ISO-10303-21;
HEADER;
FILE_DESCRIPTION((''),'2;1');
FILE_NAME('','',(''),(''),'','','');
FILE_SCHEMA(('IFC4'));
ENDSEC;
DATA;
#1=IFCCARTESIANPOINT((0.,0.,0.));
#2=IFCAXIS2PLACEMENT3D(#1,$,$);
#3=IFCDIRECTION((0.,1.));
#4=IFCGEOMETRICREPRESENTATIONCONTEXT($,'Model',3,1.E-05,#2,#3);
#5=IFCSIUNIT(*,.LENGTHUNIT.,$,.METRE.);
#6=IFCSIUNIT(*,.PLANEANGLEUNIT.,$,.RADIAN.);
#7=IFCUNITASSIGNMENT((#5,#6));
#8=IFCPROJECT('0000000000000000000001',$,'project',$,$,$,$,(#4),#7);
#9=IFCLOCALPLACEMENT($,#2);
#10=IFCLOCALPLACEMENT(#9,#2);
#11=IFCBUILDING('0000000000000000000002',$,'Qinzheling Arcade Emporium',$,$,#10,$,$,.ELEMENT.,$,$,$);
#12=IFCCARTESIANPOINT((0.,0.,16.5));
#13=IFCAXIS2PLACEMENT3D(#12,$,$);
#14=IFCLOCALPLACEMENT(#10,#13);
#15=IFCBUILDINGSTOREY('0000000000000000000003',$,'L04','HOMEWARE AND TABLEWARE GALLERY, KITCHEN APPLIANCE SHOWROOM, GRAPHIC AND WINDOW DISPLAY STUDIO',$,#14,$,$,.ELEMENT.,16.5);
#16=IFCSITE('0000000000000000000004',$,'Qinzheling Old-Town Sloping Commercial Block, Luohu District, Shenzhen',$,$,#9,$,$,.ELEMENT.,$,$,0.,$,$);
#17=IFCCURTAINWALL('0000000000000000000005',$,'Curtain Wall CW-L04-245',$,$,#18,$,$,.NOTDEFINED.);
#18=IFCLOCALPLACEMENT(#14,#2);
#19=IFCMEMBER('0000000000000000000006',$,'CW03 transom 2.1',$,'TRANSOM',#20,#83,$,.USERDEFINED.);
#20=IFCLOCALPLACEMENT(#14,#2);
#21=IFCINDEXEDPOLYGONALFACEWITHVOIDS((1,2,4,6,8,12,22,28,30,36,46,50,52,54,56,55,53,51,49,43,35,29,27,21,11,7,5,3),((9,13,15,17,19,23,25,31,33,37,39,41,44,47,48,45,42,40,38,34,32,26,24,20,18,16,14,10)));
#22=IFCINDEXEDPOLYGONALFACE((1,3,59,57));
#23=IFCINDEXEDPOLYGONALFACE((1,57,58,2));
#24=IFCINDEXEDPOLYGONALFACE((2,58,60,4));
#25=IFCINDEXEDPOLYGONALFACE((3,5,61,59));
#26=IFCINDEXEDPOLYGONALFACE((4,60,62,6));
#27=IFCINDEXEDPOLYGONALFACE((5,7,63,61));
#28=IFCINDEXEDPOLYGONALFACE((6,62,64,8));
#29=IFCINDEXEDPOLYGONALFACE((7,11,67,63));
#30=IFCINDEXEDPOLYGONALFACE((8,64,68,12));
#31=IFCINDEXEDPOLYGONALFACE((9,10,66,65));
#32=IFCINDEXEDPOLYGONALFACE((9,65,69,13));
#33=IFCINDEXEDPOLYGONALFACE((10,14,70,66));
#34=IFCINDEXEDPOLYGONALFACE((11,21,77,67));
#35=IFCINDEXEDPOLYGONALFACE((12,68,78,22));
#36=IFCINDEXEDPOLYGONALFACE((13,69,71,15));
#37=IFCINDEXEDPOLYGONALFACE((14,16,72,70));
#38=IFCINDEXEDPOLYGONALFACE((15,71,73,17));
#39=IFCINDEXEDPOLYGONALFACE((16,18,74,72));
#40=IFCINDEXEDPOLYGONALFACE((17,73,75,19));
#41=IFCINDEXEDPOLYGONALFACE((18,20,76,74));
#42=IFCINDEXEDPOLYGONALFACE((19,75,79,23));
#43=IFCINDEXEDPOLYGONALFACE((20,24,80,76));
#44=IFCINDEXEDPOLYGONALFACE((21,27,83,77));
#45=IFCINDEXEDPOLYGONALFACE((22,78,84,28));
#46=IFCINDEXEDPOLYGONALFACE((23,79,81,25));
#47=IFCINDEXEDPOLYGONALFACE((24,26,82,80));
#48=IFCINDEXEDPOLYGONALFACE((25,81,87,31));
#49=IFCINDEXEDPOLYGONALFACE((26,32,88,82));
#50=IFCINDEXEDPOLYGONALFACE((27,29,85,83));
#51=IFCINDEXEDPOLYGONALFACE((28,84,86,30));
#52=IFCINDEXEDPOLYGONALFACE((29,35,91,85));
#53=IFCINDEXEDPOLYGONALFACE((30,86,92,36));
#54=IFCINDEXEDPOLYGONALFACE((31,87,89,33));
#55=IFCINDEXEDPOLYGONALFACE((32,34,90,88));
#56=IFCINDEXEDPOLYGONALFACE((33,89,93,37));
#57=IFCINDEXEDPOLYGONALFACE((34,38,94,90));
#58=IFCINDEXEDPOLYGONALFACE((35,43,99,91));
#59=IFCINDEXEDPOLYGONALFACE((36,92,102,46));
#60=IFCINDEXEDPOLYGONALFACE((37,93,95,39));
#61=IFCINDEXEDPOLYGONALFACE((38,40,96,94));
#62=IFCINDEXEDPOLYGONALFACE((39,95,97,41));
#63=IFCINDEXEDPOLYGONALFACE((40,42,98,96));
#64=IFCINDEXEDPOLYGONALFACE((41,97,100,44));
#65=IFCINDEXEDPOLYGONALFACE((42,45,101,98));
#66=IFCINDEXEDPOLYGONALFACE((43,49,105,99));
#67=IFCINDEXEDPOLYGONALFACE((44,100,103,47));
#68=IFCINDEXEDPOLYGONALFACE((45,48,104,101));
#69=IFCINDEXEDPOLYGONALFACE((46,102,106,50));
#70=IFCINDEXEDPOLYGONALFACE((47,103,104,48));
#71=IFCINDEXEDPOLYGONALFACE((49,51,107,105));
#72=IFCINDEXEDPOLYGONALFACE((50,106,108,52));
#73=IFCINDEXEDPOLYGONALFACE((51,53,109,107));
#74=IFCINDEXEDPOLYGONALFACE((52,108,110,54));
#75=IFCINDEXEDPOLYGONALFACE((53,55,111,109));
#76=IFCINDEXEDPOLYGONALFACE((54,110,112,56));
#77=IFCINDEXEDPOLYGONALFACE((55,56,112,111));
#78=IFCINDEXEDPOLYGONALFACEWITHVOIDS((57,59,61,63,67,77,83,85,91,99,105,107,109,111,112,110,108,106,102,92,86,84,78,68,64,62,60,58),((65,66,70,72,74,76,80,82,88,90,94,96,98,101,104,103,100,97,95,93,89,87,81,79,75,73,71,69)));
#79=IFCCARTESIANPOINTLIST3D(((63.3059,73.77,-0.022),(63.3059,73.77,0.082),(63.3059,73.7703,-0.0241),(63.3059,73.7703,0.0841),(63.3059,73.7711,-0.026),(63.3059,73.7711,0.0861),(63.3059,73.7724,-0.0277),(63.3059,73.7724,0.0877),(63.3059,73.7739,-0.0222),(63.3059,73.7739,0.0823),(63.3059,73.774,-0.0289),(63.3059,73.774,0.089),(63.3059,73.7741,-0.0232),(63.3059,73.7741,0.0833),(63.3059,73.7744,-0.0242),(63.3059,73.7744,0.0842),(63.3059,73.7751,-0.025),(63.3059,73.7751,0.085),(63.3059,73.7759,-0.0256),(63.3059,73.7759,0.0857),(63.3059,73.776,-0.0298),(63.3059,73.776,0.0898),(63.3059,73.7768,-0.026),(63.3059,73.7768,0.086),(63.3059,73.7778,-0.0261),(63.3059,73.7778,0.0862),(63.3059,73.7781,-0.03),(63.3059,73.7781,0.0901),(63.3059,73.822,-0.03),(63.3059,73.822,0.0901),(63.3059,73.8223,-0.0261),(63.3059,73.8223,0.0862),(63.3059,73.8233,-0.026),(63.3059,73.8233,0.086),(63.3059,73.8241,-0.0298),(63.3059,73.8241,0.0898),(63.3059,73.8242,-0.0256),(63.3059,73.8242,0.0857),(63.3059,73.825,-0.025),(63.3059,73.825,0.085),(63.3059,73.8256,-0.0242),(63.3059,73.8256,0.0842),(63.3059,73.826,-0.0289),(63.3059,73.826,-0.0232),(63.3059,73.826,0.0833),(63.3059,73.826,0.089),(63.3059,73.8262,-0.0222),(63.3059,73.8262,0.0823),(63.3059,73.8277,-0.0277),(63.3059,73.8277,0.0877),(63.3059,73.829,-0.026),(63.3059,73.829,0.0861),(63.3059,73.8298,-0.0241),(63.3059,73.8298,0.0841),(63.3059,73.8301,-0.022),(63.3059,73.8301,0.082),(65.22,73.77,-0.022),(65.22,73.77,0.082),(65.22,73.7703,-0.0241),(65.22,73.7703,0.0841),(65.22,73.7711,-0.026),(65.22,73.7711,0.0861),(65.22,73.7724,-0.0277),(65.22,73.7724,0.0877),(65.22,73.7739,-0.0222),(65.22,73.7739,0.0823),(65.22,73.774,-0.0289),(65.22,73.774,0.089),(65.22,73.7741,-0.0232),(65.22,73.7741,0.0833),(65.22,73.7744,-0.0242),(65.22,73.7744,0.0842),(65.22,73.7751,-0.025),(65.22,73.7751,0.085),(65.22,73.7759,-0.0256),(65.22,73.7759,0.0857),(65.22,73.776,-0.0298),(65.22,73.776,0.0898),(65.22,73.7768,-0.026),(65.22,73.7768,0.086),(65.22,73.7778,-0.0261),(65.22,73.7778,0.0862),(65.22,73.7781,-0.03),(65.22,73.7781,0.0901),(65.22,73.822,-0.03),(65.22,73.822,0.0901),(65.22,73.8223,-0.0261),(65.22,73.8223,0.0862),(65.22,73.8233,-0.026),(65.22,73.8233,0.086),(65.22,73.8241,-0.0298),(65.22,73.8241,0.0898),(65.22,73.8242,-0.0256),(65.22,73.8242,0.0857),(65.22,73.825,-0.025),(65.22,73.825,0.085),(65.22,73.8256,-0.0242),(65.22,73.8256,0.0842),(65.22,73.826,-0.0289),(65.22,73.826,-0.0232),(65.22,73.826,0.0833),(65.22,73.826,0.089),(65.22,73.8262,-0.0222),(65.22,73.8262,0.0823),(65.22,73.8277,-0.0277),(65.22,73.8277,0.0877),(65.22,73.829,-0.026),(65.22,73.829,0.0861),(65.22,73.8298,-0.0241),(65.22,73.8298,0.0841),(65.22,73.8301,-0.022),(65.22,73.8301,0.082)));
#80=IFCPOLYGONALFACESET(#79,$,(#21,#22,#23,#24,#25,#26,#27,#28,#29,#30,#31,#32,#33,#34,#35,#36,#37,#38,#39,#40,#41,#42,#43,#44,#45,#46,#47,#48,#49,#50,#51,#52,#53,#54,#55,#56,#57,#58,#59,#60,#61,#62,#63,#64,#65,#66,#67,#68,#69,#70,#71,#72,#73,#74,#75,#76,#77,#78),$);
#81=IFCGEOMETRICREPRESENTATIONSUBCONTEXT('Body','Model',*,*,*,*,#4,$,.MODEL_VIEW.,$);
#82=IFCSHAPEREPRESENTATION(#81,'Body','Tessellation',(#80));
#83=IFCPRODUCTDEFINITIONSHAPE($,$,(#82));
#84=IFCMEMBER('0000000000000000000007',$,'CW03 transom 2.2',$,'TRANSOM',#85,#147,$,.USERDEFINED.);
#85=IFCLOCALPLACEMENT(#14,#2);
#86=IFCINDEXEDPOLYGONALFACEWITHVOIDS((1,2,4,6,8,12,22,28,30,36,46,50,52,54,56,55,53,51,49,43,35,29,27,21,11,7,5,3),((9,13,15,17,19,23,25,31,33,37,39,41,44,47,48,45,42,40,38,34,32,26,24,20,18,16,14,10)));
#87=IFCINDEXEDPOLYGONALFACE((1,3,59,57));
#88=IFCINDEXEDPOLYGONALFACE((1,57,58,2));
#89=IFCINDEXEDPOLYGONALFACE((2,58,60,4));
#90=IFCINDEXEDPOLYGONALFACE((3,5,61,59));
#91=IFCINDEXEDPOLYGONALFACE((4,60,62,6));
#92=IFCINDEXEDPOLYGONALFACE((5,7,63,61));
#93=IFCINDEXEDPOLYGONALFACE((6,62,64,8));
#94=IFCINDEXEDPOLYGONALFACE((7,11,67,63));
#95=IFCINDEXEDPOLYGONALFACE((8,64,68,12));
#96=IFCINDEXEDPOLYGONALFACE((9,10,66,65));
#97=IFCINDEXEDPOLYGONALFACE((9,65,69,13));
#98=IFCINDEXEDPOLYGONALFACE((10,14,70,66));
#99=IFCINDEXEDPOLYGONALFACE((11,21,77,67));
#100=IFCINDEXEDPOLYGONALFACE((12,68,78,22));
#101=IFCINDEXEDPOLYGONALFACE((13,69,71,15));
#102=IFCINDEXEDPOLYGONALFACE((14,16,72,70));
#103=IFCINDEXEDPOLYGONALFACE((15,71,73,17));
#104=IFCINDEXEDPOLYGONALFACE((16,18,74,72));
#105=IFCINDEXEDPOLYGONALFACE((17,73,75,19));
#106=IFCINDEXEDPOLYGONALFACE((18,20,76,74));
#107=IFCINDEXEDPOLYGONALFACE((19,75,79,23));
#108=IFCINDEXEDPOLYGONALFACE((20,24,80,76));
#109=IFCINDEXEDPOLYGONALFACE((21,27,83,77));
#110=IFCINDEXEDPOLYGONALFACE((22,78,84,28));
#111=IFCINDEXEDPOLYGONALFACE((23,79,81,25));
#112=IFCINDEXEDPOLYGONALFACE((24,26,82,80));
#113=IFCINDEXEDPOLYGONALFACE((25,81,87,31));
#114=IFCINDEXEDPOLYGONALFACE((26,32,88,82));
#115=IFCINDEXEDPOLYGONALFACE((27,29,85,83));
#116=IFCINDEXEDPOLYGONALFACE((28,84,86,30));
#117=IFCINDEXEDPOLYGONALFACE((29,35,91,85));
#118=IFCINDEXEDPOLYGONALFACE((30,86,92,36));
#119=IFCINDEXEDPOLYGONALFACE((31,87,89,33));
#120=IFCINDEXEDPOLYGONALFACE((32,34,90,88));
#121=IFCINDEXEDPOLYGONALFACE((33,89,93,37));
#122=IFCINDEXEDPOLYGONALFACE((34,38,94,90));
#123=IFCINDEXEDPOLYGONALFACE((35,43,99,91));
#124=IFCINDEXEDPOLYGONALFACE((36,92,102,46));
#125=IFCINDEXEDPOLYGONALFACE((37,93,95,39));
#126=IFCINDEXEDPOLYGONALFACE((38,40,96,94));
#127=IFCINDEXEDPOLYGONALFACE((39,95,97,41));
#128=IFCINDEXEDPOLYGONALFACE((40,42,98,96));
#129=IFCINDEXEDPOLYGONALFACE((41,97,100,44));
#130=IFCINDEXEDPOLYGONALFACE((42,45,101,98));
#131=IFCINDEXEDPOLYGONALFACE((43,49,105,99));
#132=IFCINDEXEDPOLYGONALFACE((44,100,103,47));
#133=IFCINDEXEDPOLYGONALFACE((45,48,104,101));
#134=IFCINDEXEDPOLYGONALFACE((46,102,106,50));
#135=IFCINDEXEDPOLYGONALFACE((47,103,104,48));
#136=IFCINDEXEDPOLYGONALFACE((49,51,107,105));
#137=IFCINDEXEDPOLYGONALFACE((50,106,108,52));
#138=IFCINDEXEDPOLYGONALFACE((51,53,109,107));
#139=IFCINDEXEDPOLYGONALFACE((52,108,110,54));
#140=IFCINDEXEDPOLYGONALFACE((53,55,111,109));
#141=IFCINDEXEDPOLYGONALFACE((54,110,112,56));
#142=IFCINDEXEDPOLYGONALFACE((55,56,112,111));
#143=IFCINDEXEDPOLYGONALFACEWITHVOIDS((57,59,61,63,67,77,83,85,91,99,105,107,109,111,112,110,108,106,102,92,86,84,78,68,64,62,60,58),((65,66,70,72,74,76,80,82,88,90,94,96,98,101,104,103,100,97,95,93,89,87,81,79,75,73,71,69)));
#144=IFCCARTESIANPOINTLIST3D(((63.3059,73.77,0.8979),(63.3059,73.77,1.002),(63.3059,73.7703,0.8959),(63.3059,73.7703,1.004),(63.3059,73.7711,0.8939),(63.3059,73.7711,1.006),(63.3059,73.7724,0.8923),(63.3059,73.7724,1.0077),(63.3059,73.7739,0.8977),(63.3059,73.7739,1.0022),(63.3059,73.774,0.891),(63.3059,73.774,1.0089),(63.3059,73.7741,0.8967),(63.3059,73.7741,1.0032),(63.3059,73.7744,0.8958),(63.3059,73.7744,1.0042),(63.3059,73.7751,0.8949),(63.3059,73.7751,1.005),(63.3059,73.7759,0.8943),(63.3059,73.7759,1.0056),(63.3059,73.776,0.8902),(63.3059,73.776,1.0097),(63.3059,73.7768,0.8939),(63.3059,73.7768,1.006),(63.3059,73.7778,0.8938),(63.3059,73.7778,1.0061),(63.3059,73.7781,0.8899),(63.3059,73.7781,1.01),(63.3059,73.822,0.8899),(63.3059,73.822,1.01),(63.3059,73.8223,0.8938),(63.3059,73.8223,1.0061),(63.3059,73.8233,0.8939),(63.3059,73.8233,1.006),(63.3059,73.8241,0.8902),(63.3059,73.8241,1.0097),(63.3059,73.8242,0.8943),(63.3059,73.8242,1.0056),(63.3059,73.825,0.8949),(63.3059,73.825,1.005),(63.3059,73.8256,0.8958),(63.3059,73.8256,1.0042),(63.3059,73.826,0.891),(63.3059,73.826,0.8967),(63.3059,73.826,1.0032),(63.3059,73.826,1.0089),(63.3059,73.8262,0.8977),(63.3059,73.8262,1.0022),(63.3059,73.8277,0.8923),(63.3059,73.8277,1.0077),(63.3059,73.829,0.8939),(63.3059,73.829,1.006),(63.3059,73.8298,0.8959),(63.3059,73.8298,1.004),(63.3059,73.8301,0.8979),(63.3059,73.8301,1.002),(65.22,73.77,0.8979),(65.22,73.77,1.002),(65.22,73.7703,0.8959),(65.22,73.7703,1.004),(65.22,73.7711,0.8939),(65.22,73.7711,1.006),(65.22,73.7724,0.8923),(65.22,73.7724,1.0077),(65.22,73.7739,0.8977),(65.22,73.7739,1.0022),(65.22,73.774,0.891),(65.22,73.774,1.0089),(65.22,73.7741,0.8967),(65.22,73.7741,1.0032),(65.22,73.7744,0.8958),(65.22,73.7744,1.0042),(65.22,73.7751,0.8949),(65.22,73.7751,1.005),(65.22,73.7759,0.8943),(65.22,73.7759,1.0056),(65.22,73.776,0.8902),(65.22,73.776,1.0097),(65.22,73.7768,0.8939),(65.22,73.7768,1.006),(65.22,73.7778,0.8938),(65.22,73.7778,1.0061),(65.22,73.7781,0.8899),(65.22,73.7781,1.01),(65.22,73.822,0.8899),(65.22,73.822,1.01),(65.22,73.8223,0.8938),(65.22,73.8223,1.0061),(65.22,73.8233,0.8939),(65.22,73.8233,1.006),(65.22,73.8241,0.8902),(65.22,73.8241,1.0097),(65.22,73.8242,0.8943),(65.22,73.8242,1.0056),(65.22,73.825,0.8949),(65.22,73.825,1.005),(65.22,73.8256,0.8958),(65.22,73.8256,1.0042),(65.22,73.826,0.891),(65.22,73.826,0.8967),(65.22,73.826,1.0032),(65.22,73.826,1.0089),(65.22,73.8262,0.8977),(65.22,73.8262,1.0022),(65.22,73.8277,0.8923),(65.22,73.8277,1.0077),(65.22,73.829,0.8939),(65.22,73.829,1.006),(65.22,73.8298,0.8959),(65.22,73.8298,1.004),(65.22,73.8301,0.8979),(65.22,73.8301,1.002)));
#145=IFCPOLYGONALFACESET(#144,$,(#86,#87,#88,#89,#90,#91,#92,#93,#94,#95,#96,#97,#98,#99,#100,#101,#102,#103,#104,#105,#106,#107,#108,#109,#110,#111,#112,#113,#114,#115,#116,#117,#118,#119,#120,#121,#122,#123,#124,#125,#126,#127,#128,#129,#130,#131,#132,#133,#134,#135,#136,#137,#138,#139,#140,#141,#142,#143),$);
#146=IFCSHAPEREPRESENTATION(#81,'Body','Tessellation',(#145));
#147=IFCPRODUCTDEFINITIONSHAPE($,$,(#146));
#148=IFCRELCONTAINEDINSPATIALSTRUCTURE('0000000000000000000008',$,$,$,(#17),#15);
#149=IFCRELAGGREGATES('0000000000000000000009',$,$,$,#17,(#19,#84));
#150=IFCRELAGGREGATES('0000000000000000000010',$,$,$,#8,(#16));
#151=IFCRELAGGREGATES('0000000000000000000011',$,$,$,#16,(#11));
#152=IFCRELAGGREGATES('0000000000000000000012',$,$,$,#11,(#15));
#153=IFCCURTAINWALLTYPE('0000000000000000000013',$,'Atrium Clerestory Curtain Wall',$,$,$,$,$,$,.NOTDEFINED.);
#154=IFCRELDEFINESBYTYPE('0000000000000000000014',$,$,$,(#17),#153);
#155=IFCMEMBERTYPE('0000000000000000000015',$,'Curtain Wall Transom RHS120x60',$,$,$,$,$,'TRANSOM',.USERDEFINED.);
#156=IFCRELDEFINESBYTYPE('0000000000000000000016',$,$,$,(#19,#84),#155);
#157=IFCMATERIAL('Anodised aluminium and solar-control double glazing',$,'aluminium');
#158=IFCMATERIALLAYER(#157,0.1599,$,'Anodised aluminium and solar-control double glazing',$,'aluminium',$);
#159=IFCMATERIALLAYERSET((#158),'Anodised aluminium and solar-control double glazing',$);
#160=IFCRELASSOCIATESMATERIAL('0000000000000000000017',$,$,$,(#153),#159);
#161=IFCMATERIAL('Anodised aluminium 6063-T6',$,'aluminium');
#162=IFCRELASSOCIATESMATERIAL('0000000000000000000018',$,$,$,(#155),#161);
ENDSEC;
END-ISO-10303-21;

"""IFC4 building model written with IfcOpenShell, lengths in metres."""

from ifc_helpers import new_model, si_unit, direction, frame, origin, origin_2d, place, context, subcontext, project, spatial, hollow_rectangle, extrude, material, layer, layer_set, material_profile, profile_set, type_object, element, aggregate, save


model = new_model("IFC4")

# Units and contexts
model_context = context("Model", 3, precision=1e-05, world=origin(), true_north=direction((0.0, 1.0)))
body_context = subcontext(model_context, "Body", "Model", "MODEL_VIEW")
ifc_project = project(units=[si_unit("LENGTHUNIT", "METRE"), si_unit("PLANEANGLEUNIT", "RADIAN")], contexts=[model_context])

# Site, building, storey
site_placement = place(None, origin())
site = spatial("IfcSite", under=ifc_project, at=site_placement, Name="Qinzheling Old-Town Sloping Commercial Block, Luohu District, Shenzhen", CompositionType="ELEMENT", RefElevation=0.0)
building_placement = place(site_placement, origin())
building = spatial("IfcBuilding", under=site, at=building_placement, Name="Qinzheling Arcade Emporium", CompositionType="ELEMENT")
storey_placement = place(building_placement, frame((0.0, 0.0, 16.5)))
storey = spatial("IfcBuildingStorey", under=building, at=storey_placement, Name="L04", Description="HOMEWARE AND TABLEWARE GALLERY, KITCHEN APPLIANCE SHOWROOM, GRAPHIC AND WINDOW DISPLAY STUDIO", CompositionType="ELEMENT", Elevation=16.5)

# Curtain wall
ifc_material_1 = material(Name="Anodised aluminium and solar-control double glazing", Category="aluminium")
ifc_layer_1 = layer(ifc_material_1, 0.1599, Name="Anodised aluminium and solar-control double glazing", Category="aluminium")
ifc_layer_set_1 = layer_set([ifc_layer_1], Name="Anodised aluminium and solar-control double glazing")
curtain_wall_type = type_object("IfcCurtainWallType", Name="Atrium Clerestory Curtain Wall", PredefinedType="NOTDEFINED", material=ifc_layer_set_1)
ifc_material_2 = material(Name="Anodised aluminium 6063-T6", Category="aluminium")
curtain_wall_1_placement = place(storey_placement, origin())
curtain_wall_1 = element("IfcCurtainWall", 1, at=curtain_wall_1_placement, inside=storey, type_object=curtain_wall_type, Name="Curtain Wall CW-L04-245", PredefinedType="NOTDEFINED")

# Members
ifc_material_profile_1 = material_profile(ifc_material_2, hollow_rectangle(XDim=0.0601, YDim=0.1201, WallThickness=0.0039, InnerFilletRadius=0.0039, OuterFilletRadius=0.0081, at=origin_2d()), Name="RHS 120x60x4", Category="aluminium")
ifc_profile_set_1 = profile_set([ifc_material_profile_1], Name="Anodised aluminium 6063-T6")
member_type_1 = type_object("IfcMemberType", Name="Curtain Wall Transom RHS120x60", ElementType="TRANSOM", PredefinedType="USERDEFINED", material=ifc_profile_set_1)
member_1_placement = place(storey_placement, frame((63.3059, 73.8, 0.03), z_axis=(1.0, 0.0, 0.0), x_axis=(0.0, 1.0, 0.0)))
member_1 = element("IfcMember", 2, at=member_1_placement, type_object=member_type_1, Name="CW03 transom 2.1", ObjectType="TRANSOM", PredefinedType="USERDEFINED", context=body_context, shape_type="SweptSolid", body=[
    extrude(hollow_rectangle(XDim=0.0601, YDim=0.1201, WallThickness=0.0039, InnerFilletRadius=0.0039, OuterFilletRadius=0.0081, at=origin_2d()), origin(), (0.0, 0.0, 1.0), 1.9141),
])
member_2_placement = place(storey_placement, frame((63.3059, 73.8, 0.95), z_axis=(1.0, 0.0, 0.0), x_axis=(0.0, 1.0, 0.0)))
member_2 = element("IfcMember", 3, at=member_2_placement, type_object=member_type_1, Name="CW03 transom 2.2", ObjectType="TRANSOM", PredefinedType="USERDEFINED", context=body_context, shape_type="SweptSolid", body=[
    extrude(hollow_rectangle(XDim=0.0601, YDim=0.1201, WallThickness=0.0039, InnerFilletRadius=0.0039, OuterFilletRadius=0.0081, at=origin_2d()), origin(), (0.0, 0.0, 1.0), 1.9141),
])

aggregate(curtain_wall_1, [member_1, member_2])

save(model, "model.ifc")
